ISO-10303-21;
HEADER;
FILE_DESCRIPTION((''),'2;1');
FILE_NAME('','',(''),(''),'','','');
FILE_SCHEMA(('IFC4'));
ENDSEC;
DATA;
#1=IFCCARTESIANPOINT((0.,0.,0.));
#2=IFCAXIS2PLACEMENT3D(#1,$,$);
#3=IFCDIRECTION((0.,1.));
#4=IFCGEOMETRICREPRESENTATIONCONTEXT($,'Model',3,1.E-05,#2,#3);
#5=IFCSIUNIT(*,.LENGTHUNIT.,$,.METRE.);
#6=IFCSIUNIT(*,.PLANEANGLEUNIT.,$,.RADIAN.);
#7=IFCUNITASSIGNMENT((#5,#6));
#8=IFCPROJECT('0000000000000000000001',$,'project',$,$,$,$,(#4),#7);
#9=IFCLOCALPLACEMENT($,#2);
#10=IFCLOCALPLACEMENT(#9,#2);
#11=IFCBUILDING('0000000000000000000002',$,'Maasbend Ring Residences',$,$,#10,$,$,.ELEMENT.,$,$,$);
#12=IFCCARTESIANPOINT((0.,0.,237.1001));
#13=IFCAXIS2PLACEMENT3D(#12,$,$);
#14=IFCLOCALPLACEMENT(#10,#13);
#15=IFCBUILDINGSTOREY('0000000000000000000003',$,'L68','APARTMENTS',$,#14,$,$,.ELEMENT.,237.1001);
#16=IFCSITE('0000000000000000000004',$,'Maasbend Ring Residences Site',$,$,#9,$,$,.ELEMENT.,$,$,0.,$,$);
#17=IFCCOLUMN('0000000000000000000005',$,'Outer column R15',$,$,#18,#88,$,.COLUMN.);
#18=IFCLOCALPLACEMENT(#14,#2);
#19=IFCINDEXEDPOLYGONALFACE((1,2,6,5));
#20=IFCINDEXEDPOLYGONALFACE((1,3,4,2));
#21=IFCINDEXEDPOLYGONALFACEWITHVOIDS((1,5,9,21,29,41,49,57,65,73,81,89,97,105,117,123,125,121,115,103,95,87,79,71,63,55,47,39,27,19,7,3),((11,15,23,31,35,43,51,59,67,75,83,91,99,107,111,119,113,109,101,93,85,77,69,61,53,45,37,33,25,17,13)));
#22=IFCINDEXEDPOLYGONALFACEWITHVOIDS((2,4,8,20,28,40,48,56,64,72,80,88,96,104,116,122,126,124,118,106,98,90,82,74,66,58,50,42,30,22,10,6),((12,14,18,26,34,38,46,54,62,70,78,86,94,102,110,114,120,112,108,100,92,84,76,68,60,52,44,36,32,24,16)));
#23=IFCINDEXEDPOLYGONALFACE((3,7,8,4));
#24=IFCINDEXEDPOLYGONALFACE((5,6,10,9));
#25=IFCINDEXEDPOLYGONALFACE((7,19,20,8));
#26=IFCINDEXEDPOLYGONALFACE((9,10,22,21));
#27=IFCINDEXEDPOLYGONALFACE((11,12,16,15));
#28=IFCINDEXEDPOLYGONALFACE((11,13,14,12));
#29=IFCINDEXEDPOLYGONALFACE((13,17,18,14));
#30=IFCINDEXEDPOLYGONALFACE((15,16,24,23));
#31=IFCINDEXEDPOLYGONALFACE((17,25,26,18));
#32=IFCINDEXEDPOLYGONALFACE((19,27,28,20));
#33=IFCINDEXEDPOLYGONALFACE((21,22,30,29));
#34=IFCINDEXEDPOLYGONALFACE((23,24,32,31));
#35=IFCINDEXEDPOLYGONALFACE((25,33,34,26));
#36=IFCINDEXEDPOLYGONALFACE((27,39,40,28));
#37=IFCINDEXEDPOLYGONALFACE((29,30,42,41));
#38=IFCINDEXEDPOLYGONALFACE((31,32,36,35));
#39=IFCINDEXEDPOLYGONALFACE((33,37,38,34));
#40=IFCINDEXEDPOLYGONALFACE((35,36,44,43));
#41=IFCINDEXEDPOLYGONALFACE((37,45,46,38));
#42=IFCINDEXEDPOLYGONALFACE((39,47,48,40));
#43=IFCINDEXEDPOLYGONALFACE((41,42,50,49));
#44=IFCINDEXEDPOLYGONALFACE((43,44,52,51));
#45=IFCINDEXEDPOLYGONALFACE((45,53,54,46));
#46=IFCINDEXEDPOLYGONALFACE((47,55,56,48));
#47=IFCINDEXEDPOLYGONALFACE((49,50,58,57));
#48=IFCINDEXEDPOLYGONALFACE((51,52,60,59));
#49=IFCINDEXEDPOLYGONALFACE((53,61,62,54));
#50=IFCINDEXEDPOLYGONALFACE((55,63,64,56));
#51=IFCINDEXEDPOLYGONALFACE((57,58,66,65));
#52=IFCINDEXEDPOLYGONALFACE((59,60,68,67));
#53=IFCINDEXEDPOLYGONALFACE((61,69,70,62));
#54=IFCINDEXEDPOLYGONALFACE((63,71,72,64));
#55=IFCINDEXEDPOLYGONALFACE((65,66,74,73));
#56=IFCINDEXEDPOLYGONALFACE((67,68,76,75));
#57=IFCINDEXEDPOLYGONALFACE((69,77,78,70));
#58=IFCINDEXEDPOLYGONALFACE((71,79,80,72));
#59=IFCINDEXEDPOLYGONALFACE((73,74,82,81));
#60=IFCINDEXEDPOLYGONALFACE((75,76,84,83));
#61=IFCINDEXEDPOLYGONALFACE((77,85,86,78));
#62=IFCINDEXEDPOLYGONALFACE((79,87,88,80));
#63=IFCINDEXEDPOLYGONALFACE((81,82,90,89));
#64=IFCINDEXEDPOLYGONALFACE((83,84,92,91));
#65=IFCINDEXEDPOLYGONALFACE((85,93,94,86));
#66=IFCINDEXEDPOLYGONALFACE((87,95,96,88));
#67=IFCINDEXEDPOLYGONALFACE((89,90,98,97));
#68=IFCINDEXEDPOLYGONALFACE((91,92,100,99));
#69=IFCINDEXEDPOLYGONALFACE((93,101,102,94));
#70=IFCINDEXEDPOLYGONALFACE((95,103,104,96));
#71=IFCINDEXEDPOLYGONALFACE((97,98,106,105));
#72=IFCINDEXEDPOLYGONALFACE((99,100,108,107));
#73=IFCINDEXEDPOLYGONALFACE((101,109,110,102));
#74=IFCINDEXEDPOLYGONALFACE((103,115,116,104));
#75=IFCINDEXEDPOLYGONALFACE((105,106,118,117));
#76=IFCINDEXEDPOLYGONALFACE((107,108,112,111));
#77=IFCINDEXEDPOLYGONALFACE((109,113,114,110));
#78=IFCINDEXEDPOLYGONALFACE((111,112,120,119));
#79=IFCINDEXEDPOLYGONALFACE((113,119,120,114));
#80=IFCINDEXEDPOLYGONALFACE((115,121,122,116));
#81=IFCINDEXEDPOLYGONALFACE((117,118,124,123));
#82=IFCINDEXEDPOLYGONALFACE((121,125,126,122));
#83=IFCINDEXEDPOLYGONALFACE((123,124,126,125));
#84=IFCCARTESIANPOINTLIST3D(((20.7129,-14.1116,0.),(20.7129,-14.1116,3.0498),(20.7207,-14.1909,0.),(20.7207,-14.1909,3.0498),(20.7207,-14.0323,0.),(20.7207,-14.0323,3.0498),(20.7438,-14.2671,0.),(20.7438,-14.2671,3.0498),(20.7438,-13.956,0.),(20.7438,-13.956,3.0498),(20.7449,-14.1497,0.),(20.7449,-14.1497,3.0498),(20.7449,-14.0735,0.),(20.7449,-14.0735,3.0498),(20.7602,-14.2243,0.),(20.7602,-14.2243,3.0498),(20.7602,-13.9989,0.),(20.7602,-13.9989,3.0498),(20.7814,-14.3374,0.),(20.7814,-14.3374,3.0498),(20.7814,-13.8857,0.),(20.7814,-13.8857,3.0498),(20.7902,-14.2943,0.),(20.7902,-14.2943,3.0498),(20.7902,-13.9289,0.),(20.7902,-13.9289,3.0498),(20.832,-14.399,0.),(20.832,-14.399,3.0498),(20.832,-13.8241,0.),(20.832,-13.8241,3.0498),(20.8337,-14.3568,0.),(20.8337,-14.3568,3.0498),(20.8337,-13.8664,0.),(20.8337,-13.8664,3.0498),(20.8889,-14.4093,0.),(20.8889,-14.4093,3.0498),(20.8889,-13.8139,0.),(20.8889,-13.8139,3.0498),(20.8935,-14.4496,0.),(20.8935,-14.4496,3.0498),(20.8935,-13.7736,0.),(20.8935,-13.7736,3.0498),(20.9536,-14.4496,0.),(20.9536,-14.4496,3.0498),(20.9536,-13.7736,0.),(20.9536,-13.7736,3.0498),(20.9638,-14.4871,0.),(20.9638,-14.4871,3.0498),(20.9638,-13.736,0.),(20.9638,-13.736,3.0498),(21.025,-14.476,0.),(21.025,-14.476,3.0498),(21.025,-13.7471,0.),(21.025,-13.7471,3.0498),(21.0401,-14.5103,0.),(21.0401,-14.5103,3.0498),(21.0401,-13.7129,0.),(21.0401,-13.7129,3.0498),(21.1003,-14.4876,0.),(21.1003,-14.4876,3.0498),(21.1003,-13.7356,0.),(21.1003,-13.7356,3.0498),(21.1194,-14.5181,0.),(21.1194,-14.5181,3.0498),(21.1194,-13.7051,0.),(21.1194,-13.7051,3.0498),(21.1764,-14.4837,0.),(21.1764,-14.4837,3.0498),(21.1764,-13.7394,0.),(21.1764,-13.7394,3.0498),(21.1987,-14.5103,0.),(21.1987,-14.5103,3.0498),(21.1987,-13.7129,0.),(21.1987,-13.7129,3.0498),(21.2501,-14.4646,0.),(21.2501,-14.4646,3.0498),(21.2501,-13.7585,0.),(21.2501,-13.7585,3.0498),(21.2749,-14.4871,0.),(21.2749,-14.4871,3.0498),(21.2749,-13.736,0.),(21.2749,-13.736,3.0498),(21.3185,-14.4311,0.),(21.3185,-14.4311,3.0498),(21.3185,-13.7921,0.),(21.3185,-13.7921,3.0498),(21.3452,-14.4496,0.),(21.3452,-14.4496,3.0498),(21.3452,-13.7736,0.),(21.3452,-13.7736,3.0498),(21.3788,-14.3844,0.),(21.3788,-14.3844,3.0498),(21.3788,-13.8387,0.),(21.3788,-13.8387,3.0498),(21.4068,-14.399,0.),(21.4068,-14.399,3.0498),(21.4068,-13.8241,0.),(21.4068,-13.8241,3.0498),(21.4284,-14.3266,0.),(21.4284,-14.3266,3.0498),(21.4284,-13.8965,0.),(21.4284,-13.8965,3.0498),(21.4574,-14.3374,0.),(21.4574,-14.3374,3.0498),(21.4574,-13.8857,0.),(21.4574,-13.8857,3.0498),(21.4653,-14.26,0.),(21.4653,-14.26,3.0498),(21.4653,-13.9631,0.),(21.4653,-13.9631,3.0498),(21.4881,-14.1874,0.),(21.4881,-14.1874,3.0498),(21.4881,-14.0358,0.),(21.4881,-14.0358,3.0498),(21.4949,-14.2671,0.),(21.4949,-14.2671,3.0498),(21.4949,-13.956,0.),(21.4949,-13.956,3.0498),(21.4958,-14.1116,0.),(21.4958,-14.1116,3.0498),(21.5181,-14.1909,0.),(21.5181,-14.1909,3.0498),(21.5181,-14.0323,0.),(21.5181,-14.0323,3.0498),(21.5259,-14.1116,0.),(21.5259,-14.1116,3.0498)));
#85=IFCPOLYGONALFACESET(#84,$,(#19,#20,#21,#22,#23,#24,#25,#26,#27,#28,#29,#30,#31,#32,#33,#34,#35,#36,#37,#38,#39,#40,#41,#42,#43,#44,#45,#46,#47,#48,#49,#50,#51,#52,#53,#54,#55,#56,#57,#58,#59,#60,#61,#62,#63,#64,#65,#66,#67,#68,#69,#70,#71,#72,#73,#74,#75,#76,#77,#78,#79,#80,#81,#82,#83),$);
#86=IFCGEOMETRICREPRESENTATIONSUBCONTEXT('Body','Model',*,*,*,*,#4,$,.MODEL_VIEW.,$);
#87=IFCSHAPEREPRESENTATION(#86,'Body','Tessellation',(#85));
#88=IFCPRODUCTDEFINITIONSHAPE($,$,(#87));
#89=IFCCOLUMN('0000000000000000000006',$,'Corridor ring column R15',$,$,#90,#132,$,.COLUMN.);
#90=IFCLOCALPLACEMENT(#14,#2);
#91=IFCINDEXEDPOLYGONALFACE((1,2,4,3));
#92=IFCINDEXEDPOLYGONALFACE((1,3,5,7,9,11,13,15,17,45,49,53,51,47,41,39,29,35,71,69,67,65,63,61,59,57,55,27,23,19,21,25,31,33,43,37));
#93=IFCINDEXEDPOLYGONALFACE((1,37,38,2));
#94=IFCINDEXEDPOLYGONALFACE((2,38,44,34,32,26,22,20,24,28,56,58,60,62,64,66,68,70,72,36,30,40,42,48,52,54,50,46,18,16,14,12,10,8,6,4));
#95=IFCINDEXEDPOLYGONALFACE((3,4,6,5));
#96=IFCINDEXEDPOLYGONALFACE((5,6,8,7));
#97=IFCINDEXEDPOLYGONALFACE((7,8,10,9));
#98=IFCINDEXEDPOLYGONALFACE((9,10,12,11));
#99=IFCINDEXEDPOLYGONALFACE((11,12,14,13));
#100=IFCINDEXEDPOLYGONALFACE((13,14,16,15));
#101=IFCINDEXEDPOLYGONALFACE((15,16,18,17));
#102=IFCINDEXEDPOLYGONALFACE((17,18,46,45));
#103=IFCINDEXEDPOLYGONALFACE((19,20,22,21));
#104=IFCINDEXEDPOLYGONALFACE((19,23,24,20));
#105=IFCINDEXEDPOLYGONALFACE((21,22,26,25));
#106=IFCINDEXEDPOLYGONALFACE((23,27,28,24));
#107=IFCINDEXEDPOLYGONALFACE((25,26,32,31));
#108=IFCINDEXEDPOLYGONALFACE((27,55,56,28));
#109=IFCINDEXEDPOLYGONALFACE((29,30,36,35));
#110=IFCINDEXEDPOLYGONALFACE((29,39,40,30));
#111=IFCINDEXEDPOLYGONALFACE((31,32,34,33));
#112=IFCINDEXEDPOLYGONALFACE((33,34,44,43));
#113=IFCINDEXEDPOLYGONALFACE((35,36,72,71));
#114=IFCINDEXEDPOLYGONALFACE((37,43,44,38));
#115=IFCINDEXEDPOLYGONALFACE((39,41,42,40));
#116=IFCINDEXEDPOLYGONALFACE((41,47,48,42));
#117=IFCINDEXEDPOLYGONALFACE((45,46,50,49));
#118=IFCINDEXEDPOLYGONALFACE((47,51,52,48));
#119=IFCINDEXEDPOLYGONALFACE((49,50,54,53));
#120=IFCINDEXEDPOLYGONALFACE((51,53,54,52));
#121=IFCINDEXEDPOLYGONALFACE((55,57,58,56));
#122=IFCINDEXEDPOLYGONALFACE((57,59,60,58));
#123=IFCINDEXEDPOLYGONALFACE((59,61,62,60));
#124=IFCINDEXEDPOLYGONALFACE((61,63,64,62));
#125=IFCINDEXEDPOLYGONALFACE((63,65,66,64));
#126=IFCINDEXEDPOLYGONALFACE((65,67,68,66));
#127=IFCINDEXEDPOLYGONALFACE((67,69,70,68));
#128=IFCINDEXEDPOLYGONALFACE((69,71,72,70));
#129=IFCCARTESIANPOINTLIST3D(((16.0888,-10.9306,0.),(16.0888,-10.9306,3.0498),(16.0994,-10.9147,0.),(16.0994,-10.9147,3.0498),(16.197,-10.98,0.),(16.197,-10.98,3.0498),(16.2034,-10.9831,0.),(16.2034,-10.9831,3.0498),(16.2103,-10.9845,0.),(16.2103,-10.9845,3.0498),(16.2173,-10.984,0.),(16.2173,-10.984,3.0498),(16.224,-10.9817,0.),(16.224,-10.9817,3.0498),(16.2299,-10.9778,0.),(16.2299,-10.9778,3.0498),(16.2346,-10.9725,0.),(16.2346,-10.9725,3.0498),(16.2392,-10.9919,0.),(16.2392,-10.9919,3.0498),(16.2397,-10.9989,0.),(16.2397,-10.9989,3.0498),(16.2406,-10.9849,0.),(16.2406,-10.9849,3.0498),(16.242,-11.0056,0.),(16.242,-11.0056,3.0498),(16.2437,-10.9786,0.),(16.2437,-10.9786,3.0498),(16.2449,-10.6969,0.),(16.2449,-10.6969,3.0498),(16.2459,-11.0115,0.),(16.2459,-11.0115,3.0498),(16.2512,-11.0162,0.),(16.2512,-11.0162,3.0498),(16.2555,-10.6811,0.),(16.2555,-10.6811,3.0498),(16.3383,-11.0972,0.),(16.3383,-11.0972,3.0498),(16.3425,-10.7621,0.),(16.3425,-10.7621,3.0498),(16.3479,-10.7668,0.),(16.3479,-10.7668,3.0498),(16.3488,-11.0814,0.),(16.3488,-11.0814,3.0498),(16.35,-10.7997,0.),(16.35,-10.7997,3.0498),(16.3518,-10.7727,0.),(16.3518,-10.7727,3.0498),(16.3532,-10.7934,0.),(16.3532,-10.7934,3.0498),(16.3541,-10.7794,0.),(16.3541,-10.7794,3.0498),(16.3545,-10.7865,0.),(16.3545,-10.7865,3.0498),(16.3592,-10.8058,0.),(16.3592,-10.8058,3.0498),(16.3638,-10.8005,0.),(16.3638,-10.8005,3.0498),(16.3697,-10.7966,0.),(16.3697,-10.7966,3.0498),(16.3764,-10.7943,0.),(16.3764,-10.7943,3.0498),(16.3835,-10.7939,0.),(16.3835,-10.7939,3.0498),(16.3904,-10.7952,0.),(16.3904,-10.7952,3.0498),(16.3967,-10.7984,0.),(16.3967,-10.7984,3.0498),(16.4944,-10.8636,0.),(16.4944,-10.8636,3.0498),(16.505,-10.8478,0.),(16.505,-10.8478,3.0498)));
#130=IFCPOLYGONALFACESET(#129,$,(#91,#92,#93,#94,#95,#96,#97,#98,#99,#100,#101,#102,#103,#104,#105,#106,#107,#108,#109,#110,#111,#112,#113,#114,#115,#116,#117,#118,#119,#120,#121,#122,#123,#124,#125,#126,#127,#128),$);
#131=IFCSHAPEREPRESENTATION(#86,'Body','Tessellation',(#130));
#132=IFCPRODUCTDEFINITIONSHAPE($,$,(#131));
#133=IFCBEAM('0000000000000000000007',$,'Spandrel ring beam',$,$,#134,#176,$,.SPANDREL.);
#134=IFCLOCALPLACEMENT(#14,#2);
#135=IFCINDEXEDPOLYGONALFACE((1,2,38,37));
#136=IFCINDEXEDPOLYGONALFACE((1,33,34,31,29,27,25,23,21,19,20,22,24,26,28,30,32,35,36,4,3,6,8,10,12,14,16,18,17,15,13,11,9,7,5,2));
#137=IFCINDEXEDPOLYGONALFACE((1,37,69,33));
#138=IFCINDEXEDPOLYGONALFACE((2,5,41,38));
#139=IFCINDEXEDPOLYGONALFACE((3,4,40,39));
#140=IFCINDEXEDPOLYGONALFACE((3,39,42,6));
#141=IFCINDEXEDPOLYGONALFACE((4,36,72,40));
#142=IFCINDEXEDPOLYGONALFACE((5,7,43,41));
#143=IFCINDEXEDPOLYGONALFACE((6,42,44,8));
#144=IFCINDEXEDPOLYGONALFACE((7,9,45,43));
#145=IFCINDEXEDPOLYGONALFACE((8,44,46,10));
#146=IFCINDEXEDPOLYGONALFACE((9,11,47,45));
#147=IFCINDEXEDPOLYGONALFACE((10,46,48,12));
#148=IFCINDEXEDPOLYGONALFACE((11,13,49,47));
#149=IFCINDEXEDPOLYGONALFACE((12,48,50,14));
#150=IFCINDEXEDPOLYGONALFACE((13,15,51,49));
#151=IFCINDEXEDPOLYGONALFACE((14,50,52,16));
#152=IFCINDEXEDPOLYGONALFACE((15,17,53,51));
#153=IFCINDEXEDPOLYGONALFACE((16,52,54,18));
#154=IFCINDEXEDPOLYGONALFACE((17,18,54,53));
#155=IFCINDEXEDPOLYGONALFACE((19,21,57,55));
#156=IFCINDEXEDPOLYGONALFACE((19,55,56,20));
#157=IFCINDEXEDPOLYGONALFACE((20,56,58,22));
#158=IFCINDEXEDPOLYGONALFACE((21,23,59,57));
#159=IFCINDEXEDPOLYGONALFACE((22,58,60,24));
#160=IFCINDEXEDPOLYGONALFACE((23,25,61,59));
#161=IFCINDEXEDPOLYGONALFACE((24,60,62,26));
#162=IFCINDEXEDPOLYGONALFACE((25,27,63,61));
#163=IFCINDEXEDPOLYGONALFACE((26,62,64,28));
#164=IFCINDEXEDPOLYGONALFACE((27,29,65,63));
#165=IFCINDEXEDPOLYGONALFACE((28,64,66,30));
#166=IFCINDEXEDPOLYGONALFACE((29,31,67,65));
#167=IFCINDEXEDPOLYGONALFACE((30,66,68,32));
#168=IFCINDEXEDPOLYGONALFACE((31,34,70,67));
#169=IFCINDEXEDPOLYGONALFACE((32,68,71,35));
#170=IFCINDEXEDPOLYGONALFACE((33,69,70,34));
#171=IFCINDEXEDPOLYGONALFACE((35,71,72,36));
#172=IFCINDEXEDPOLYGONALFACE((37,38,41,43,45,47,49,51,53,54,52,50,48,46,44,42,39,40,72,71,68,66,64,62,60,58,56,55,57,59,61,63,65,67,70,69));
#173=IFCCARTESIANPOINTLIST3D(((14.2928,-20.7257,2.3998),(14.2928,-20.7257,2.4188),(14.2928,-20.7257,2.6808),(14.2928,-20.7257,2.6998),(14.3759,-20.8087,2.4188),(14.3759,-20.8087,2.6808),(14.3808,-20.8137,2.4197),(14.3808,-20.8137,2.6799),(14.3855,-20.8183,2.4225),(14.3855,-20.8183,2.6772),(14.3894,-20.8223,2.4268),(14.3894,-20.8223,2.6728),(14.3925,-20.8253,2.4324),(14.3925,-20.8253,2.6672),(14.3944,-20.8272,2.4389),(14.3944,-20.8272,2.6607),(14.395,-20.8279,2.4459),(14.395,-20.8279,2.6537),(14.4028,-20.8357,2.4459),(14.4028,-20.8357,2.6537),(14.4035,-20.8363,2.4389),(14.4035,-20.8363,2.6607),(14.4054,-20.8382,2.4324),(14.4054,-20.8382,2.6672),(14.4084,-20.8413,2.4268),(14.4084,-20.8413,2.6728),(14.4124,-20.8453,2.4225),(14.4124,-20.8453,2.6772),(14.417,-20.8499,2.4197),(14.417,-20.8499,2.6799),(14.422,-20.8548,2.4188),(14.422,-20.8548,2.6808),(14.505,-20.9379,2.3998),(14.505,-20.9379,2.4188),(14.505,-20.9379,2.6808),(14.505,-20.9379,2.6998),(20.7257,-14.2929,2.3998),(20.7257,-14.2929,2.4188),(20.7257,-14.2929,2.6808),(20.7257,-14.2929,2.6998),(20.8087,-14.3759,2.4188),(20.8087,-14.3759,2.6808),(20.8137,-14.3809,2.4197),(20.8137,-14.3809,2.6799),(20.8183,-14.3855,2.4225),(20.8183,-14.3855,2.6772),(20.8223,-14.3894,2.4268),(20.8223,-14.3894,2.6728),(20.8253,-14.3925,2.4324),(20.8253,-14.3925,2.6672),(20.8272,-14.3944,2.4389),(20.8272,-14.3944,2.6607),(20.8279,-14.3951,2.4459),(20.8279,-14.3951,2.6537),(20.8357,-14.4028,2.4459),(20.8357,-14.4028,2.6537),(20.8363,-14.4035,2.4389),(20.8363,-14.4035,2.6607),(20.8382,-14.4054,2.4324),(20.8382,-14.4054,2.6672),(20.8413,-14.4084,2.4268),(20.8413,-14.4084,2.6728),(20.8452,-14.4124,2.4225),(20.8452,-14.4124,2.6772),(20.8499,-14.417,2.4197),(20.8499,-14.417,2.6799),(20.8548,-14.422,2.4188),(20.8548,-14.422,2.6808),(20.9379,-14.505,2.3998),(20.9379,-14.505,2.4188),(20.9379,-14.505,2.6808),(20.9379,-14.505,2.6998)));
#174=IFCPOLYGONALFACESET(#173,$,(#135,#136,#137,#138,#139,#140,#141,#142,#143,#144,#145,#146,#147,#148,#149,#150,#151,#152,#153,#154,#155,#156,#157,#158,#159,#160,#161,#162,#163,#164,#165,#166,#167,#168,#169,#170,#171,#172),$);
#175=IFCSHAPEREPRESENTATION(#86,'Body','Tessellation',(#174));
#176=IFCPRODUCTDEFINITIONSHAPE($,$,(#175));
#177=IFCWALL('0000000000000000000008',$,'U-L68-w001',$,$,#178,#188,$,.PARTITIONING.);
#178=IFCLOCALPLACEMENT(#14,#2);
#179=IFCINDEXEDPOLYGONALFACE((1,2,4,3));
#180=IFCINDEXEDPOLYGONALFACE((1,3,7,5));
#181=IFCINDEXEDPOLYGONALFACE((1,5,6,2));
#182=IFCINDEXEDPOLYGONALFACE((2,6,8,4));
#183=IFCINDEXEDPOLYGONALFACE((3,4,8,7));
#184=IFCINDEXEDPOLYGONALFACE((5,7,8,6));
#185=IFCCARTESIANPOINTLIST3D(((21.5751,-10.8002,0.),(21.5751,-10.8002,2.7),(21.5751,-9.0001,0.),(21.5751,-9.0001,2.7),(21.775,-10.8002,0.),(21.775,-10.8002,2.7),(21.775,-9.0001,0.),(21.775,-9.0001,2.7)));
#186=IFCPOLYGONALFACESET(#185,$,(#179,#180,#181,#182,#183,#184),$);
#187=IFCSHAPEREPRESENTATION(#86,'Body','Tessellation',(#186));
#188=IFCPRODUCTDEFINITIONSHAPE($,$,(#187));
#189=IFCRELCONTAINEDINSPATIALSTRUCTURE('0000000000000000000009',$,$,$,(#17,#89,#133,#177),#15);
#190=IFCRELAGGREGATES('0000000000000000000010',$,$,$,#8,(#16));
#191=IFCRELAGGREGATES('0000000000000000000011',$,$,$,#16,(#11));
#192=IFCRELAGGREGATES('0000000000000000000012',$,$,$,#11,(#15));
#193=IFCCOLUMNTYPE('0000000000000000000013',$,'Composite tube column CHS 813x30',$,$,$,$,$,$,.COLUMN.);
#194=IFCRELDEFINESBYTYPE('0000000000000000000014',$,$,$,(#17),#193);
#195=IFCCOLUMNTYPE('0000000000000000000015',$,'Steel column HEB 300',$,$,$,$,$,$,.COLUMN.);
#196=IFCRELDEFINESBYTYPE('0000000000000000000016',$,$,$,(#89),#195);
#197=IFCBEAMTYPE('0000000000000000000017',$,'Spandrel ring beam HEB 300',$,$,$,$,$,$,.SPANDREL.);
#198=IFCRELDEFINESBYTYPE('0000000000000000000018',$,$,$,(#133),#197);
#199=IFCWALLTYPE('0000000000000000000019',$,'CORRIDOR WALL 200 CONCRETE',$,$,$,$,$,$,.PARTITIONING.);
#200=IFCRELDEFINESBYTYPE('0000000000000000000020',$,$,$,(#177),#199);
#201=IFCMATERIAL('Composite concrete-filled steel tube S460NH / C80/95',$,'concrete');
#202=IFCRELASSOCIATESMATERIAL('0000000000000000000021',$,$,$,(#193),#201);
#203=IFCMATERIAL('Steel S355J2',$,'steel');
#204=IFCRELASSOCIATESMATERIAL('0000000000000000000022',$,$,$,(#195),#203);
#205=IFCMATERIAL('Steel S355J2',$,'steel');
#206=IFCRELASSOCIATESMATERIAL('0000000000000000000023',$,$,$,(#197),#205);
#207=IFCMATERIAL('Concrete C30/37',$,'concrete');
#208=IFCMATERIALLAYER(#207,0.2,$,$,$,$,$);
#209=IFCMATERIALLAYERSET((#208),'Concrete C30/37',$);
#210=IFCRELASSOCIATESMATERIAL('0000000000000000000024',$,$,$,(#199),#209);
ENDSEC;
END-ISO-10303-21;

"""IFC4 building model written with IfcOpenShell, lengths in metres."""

from ifc_helpers import new_model, si_unit, direction, frame, frame_2d, origin, origin_2d, place, context, subcontext, project, spatial, rectangle, hollow_circle, i_section, extrude, material, layer, layer_set, material_profile, profile_set, type_object, element, save


model = new_model("IFC4")

# Units and contexts
model_context = context("Model", 3, precision=1e-05, world=origin(), true_north=direction((0.0, 1.0)))
body_context = subcontext(model_context, "Body", "Model", "MODEL_VIEW")
ifc_project = project(units=[si_unit("LENGTHUNIT", "METRE"), si_unit("PLANEANGLEUNIT", "RADIAN")], contexts=[model_context])

# Site, building, storey
site_placement = place(None, origin())
site = spatial("IfcSite", under=ifc_project, at=site_placement, Name="Maasbend Ring Residences Site", CompositionType="ELEMENT", RefElevation=0.0)
building_placement = place(site_placement, origin())
building = spatial("IfcBuilding", under=site, at=building_placement, Name="Maasbend Ring Residences", CompositionType="ELEMENT")
storey_placement = place(building_placement, frame((0.0, 0.0, 237.1001)))
storey = spatial("IfcBuildingStorey", under=building, at=storey_placement, Name="L68", Description="APARTMENTS", CompositionType="ELEMENT", Elevation=237.1001)

# Columns
ifc_material_1 = material(Name="Composite concrete-filled steel tube S460NH / C80/95", Category="concrete")
ifc_material_profile_1 = material_profile(ifc_material_1, hollow_circle(Radius=0.4065, WallThickness=0.03, at=origin_2d()), Name="Composite tube column CHS 813x30")
ifc_profile_set_1 = profile_set([ifc_material_profile_1], Name="Composite concrete-filled steel tube S460NH / C80/95")
column_type_1 = type_object("IfcColumnType", Name="Composite tube column CHS 813x30", PredefinedType="COLUMN", material=ifc_profile_set_1)
column_1_placement = place(storey_placement, frame((21.1194, -14.1116, 0.0), z_axis=(0.0, 0.0, 1.0), x_axis=(1.0, 0.0, 0.0)))
element("IfcColumn", 1, at=column_1_placement, inside=storey, type_object=column_type_1, Name="Outer column R15", PredefinedType="COLUMN", context=body_context, shape_type="SweptSolid", body=[
    extrude(hollow_circle(Radius=0.4065, WallThickness=0.03, at=origin_2d()), origin(), (0.0, 0.0, 1.0), 3.0498),
])
ifc_material_2 = material(Name="Steel S355J2", Category="steel")
ifc_material_profile_2 = material_profile(ifc_material_2, i_section(OverallWidth=0.3, OverallDepth=0.3, WebThickness=0.011, FlangeThickness=0.019, FilletRadius=0.0271, at=origin_2d()), Name="HEB 300")
ifc_profile_set_2 = profile_set([ifc_material_profile_2], Name="Steel S355J2")
column_type_2 = type_object("IfcColumnType", Name="Steel column HEB 300", PredefinedType="COLUMN", material=ifc_profile_set_2)
column_2_placement = place(storey_placement, frame((16.2969, -10.8892, 0.0), z_axis=(0.0, 0.0, 1.0), x_axis=(0.83147, -0.55557, 0.0)))
element("IfcColumn", 2, at=column_2_placement, inside=storey, type_object=column_type_2, Name="Corridor ring column R15", PredefinedType="COLUMN", context=body_context, shape_type="SweptSolid", body=[
    extrude(i_section(OverallWidth=0.3, OverallDepth=0.3, WebThickness=0.011, FlangeThickness=0.019, FilletRadius=0.0271, at=origin_2d()), origin(), (0.0, 0.0, 1.0), 3.0498),
])

# Beam
ifc_material_3 = material(Name="Steel S355J2", Category="steel")
ifc_material_profile_3 = material_profile(ifc_material_3, i_section(OverallWidth=0.3, OverallDepth=0.3, WebThickness=0.011, FlangeThickness=0.019, FilletRadius=0.0271, at=origin_2d()), Name="HEB 300")
ifc_profile_set_3 = profile_set([ifc_material_profile_3], Name="Steel S355J2")
beam_type = type_object("IfcBeamType", Name="Spandrel ring beam HEB 300", PredefinedType="SPANDREL", material=ifc_profile_set_3)
beam_placement = place(storey_placement, frame((14.3989, -20.8318, 2.5498), z_axis=(0.707107, 0.707107, 0.0), x_axis=(-0.707107, 0.707107, 0.0)))
element("IfcBeam", 3, at=beam_placement, inside=storey, type_object=beam_type, Name="Spandrel ring beam", PredefinedType="SPANDREL", context=body_context, shape_type="SweptSolid", body=[
    extrude(i_section(OverallWidth=0.3, OverallDepth=0.3, WebThickness=0.011, FlangeThickness=0.019, FilletRadius=0.0271, at=origin_2d()), origin(), (0.0, 0.0, 1.0), 9.0974),
])

# Wall
ifc_material_4 = material(Name="Concrete C30/37", Category="concrete")
ifc_layer_1 = layer(ifc_material_4, 0.2)
ifc_layer_set_1 = layer_set([ifc_layer_1], Name="Concrete C30/37")
wall_type_1 = type_object("IfcWallType", Name="CORRIDOR WALL 200 CONCRETE", PredefinedType="PARTITIONING", material=ifc_layer_set_1)
wall_1_placement = place(storey_placement, frame((21.675, -10.8, 0.0), z_axis=(0.0, 0.0, 1.0), x_axis=(0.0, 1.0, 0.0)))
element("IfcWall", 4, at=wall_1_placement, inside=storey, type_object=wall_type_1, Name="U-L68-w001", PredefinedType="PARTITIONING", context=body_context, shape_type="SweptSolid", body=[
    extrude(rectangle(XDim=1.8, YDim=0.2, at=frame_2d((0.8999, 0.0))), origin(), (0.0, 0.0, 1.0), 2.7),
])

save(model, "model.ifc")
